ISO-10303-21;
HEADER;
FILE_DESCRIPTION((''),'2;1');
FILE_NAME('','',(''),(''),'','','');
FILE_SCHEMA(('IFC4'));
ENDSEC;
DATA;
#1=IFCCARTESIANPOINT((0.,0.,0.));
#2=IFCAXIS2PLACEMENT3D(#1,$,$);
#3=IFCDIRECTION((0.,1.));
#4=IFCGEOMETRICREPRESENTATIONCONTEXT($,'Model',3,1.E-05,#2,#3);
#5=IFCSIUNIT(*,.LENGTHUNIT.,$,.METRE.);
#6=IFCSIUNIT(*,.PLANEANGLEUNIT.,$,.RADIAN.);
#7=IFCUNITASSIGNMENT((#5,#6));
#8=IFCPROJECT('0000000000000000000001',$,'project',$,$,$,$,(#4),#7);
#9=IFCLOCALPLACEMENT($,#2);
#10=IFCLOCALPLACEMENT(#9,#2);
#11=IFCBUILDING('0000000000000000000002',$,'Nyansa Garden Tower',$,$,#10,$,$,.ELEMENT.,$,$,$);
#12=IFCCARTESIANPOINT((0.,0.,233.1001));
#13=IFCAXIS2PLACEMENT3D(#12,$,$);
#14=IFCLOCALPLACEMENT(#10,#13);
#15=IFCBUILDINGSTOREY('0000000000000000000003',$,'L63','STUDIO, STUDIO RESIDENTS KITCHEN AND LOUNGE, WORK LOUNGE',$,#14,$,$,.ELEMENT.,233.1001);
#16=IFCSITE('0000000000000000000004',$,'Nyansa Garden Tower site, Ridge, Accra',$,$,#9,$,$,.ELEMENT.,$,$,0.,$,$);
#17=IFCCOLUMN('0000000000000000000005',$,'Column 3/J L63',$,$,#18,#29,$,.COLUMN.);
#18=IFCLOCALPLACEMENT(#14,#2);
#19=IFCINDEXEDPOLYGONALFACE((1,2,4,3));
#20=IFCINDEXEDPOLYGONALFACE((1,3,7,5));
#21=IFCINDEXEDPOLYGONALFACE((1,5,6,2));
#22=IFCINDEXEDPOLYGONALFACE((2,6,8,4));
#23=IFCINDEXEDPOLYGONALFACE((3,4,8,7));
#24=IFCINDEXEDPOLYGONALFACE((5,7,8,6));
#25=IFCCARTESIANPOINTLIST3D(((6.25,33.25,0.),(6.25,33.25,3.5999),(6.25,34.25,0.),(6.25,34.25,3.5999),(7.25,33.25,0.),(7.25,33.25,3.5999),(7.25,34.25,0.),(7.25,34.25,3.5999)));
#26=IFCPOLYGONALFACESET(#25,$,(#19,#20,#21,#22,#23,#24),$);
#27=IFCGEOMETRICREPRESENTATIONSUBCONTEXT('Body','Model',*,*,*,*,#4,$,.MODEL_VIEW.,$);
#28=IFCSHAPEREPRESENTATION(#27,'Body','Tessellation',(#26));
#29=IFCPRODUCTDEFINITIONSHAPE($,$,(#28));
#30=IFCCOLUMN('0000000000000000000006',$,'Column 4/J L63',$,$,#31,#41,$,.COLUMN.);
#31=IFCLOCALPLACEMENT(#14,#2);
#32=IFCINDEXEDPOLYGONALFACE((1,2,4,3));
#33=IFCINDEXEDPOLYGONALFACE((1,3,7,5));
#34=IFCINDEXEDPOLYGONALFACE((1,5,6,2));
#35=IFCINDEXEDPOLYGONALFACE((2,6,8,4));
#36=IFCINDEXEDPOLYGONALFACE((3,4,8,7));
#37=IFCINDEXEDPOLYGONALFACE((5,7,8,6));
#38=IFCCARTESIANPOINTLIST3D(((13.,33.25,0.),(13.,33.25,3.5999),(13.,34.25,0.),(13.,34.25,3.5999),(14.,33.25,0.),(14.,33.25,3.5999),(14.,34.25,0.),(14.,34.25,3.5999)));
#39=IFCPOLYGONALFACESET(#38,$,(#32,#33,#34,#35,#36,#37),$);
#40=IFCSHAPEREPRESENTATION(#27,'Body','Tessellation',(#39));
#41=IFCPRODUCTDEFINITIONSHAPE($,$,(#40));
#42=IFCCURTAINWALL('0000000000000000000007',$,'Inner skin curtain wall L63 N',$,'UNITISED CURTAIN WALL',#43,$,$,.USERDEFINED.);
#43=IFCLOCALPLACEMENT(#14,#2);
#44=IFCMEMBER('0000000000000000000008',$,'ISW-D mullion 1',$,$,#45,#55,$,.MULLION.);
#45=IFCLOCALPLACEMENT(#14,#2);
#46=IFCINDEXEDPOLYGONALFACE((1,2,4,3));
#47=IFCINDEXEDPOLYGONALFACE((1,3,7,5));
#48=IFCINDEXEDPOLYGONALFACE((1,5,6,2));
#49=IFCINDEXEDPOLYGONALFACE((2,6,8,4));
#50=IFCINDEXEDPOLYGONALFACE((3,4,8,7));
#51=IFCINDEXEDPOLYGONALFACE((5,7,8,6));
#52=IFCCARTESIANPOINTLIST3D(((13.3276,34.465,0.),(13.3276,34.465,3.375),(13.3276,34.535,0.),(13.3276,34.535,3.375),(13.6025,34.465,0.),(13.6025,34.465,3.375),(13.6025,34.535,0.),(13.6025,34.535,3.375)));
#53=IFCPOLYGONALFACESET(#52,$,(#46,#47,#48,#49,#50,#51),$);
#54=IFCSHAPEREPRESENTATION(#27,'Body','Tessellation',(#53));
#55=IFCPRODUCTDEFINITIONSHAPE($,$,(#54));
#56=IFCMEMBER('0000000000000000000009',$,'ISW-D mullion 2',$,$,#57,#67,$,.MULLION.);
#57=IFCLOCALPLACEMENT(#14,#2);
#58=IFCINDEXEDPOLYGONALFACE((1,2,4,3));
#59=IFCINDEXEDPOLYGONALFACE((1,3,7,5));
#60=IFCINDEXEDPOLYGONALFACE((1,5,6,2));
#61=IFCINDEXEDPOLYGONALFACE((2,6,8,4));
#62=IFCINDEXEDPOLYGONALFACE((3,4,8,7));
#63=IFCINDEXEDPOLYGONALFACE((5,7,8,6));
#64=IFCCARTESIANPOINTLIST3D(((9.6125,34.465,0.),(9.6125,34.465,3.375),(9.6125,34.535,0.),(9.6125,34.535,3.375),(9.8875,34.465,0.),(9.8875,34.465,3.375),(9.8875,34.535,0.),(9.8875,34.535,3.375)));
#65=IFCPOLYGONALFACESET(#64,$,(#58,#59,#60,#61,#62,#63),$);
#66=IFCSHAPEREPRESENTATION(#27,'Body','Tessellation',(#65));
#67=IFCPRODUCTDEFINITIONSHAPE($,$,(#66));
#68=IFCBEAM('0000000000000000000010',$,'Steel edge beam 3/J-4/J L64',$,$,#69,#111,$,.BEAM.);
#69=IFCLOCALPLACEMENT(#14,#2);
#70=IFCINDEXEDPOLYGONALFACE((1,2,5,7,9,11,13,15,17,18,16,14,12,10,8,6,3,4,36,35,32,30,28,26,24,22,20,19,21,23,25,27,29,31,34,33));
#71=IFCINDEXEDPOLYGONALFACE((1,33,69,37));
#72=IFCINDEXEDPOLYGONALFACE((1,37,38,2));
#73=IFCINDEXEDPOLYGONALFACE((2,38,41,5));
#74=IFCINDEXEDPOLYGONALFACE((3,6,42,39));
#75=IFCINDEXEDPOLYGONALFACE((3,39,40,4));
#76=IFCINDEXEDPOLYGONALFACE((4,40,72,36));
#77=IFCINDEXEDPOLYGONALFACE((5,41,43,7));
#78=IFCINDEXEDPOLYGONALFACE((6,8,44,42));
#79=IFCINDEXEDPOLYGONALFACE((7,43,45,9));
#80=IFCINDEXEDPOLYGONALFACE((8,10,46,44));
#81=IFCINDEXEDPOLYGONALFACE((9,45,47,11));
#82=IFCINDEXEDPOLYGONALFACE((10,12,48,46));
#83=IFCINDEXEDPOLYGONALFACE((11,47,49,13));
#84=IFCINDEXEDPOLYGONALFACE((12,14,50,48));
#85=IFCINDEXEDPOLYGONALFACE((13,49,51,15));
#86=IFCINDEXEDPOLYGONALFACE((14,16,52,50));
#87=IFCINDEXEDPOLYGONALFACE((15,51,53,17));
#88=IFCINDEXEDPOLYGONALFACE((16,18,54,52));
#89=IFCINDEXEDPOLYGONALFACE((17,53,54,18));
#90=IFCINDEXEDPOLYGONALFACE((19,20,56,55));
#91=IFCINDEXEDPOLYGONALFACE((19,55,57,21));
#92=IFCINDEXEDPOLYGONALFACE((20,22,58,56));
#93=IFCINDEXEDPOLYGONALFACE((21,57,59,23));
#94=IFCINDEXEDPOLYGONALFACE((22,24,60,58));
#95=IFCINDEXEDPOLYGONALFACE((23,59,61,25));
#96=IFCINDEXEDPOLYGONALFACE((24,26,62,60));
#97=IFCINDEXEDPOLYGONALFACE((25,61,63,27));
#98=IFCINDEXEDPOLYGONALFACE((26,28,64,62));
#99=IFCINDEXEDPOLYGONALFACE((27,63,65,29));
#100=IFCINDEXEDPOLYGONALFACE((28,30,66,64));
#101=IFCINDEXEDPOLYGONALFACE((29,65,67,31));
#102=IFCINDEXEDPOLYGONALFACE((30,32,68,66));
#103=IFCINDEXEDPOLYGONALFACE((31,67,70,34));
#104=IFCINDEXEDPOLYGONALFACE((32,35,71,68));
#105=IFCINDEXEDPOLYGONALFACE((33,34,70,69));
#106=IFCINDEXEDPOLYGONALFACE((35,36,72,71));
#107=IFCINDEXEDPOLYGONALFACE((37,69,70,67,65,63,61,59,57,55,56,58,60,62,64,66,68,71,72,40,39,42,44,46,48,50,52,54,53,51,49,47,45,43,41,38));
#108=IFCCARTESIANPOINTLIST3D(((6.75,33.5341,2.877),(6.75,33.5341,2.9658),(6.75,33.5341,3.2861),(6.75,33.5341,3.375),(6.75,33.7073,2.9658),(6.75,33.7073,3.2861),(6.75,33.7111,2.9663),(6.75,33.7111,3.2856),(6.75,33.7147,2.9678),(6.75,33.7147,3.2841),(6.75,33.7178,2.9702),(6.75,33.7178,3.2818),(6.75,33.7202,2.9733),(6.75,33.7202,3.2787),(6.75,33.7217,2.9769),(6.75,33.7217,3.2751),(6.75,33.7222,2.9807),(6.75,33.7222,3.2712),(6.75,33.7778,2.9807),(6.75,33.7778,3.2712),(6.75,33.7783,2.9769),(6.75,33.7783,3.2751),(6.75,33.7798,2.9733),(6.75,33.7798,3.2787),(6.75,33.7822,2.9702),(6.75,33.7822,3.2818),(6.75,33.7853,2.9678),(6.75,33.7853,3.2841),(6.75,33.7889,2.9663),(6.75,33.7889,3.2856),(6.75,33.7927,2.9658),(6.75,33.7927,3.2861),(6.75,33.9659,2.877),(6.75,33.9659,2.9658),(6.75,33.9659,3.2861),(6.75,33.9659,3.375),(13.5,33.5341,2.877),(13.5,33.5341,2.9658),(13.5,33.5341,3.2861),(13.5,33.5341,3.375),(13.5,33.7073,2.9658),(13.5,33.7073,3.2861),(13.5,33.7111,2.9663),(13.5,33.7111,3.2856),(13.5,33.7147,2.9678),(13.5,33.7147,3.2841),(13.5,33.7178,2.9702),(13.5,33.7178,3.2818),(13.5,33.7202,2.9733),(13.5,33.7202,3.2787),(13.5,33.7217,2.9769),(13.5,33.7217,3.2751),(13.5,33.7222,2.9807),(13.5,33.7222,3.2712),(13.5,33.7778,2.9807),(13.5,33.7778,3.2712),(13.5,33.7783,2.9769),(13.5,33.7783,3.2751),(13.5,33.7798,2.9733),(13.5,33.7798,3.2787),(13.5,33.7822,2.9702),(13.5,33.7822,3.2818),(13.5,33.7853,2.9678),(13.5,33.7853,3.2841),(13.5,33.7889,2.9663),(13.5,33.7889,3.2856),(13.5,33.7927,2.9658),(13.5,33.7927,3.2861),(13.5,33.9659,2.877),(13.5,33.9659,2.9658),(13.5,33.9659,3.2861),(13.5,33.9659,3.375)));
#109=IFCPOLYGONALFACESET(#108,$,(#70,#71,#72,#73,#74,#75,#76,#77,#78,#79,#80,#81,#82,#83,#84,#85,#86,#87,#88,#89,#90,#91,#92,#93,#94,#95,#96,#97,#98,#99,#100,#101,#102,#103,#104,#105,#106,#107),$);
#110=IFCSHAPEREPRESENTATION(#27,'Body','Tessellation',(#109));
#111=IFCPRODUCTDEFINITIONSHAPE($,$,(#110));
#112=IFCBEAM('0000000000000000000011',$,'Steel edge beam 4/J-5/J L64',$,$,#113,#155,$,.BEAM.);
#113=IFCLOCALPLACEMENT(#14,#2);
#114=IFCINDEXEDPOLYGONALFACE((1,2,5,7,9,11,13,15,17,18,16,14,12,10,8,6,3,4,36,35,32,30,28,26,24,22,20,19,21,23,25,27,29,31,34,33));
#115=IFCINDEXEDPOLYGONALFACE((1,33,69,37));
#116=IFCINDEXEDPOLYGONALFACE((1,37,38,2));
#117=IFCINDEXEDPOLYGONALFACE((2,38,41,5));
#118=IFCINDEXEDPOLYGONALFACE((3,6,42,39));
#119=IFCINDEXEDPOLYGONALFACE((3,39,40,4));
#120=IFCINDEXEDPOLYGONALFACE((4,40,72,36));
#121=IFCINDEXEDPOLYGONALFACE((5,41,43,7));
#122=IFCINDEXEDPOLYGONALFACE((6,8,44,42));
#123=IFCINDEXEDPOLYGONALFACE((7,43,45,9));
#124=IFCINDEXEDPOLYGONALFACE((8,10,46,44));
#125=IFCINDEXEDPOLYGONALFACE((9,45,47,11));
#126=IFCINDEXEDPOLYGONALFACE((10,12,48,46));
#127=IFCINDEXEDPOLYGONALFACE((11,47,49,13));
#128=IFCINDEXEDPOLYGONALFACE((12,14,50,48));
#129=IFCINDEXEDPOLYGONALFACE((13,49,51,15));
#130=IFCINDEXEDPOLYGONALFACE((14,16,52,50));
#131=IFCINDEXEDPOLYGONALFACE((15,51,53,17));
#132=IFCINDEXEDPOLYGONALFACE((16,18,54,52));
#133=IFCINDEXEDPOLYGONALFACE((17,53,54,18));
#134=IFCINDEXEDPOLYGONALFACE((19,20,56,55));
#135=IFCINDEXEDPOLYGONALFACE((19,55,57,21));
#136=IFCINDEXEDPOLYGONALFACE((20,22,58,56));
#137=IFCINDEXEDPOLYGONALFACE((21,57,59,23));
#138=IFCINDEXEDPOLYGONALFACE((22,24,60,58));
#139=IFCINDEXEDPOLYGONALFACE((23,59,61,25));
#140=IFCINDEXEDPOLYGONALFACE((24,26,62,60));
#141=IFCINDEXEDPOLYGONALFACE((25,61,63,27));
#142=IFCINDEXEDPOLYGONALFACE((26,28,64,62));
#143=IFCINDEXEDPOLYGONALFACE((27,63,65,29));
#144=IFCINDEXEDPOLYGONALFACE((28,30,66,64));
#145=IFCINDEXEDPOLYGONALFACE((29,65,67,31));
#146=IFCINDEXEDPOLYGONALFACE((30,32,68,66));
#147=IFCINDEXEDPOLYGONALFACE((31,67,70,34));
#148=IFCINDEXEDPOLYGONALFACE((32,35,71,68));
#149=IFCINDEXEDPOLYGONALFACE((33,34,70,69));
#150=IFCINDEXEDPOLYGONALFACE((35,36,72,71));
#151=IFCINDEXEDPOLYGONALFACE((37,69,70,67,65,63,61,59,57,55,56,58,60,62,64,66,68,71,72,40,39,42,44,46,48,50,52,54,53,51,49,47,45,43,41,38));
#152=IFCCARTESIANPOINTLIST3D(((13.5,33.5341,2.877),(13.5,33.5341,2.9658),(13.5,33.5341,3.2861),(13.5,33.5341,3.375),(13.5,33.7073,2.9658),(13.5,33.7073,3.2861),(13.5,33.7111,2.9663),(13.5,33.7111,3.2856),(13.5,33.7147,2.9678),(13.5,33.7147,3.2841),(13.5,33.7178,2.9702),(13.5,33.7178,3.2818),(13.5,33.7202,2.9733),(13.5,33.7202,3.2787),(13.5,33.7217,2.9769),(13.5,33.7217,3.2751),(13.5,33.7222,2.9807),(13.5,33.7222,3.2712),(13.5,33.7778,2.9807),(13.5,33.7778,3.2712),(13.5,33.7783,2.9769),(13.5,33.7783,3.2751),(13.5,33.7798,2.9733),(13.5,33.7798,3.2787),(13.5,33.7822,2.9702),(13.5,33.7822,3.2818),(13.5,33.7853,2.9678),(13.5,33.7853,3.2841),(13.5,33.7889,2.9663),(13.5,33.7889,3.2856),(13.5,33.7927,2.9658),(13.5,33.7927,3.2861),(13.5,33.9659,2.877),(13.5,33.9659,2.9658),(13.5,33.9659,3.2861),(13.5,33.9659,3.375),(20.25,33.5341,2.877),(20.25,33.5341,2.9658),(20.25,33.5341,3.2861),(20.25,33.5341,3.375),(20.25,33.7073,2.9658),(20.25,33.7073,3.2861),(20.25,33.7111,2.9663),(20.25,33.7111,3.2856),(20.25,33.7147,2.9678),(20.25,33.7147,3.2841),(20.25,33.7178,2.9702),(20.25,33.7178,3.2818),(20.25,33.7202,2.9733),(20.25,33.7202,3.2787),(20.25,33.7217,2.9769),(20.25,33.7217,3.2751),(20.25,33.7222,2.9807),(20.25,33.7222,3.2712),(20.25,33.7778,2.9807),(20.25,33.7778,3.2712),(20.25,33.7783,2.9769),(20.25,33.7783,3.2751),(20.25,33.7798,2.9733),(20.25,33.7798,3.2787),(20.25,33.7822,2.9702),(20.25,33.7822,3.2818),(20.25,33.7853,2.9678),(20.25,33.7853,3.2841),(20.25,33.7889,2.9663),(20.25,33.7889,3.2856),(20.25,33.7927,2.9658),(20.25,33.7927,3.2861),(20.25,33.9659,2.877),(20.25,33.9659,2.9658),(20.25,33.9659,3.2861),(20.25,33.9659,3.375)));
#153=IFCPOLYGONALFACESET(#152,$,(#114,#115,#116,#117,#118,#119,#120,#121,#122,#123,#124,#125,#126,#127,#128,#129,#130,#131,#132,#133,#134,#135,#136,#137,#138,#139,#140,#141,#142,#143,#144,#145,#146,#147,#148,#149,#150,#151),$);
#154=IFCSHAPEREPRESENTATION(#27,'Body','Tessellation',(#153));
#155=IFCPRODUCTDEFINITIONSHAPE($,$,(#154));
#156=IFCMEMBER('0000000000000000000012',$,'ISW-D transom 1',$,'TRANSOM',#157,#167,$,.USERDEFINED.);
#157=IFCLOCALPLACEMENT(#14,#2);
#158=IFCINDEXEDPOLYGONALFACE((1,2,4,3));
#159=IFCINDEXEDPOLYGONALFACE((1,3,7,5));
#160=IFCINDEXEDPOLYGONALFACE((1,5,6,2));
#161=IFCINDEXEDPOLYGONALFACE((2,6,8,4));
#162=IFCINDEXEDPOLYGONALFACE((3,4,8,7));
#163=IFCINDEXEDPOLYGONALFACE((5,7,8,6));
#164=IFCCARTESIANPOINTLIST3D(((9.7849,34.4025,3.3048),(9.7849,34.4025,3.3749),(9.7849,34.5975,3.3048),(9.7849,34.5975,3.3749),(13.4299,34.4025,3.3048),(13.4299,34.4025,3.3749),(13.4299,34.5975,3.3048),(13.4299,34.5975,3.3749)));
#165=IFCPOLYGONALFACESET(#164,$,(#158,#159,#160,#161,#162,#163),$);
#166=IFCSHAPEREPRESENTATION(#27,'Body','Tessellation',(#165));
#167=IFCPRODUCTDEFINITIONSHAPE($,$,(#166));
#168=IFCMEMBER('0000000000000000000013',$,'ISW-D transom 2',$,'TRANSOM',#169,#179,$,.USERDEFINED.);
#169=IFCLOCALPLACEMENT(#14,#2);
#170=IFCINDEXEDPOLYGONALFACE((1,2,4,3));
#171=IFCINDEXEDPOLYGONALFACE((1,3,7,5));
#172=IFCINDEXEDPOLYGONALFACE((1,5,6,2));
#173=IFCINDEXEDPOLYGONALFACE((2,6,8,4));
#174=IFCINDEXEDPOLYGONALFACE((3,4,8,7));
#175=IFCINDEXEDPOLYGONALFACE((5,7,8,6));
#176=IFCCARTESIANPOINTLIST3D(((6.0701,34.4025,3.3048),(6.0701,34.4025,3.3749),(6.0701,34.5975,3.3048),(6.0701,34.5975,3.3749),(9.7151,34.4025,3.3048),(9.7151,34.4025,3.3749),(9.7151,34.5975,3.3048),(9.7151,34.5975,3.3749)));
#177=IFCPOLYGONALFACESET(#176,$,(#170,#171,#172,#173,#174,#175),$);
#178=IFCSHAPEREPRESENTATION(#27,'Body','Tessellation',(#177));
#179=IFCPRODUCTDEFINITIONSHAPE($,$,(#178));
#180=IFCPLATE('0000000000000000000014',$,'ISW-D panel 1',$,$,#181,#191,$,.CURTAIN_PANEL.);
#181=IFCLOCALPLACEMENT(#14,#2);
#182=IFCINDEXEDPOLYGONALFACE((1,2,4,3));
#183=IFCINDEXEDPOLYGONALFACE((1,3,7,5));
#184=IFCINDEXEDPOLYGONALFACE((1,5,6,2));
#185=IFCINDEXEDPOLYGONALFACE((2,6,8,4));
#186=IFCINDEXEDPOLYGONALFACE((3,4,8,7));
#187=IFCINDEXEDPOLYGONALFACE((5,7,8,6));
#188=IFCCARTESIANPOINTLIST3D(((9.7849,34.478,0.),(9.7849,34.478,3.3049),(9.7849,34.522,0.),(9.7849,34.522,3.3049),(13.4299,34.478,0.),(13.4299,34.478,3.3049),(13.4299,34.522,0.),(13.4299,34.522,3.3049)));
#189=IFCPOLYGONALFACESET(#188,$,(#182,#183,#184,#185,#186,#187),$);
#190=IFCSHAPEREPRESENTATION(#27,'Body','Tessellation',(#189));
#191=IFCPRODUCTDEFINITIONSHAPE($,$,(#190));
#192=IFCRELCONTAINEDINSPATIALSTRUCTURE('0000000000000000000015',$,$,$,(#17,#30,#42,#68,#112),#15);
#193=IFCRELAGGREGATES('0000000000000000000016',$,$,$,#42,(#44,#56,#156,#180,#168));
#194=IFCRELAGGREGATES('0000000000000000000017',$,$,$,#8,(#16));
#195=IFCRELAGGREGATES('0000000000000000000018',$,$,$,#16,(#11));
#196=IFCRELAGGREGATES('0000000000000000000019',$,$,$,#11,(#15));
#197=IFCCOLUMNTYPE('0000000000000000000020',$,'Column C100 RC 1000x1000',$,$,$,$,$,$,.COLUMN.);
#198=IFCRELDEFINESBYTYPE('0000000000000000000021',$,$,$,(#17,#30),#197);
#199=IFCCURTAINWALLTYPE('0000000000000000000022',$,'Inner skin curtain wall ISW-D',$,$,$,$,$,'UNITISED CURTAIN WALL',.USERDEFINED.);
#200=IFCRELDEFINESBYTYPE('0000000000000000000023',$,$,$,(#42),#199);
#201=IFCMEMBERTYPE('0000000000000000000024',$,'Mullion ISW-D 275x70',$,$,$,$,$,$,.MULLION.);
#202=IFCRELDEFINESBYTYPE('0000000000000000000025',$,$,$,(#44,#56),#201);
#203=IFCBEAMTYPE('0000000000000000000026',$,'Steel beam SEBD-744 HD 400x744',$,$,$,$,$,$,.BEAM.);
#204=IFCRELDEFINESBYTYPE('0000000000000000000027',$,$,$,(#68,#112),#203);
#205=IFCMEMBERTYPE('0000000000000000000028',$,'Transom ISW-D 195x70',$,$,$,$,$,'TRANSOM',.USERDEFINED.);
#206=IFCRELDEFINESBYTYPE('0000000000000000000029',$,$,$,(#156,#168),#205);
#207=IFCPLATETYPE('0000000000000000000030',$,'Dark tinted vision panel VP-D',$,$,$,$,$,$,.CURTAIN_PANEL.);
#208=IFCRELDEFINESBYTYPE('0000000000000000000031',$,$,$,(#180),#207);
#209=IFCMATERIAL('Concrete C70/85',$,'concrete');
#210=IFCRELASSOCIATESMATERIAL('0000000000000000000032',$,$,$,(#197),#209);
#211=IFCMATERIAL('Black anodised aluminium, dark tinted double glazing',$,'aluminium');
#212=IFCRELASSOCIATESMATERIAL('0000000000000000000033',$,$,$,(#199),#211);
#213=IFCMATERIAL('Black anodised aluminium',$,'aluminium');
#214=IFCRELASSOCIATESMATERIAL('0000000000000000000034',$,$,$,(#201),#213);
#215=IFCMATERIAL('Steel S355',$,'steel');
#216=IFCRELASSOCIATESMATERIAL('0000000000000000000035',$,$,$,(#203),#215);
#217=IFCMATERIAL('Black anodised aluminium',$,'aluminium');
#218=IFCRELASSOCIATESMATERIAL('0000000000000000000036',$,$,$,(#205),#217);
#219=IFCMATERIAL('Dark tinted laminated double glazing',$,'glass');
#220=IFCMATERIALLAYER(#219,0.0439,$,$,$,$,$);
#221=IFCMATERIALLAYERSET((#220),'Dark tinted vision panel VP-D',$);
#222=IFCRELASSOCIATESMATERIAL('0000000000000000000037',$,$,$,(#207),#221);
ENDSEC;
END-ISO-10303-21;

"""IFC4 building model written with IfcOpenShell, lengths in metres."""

from ifc_helpers import new_model, si_unit, direction, frame, origin, origin_2d, place, context, subcontext, project, spatial, rectangle, i_section, extrude, material, layer, layer_set, material_profile, profile_set, type_object, element, aggregate, save


model = new_model("IFC4")

# Units and contexts
model_context = context("Model", 3, precision=1e-05, world=origin(), true_north=direction((0.0, 1.0)))
body_context = subcontext(model_context, "Body", "Model", "MODEL_VIEW")
ifc_project = project(units=[si_unit("LENGTHUNIT", "METRE"), si_unit("PLANEANGLEUNIT", "RADIAN")], contexts=[model_context])

# Site, building, storey
site_placement = place(None, origin())
site = spatial("IfcSite", under=ifc_project, at=site_placement, Name="Nyansa Garden Tower site, Ridge, Accra", CompositionType="ELEMENT", RefElevation=0.0)
building_placement = place(site_placement, origin())
building = spatial("IfcBuilding", under=site, at=building_placement, Name="Nyansa Garden Tower", CompositionType="ELEMENT")
storey_placement = place(building_placement, frame((0.0, 0.0, 233.1001)))
storey = spatial("IfcBuildingStorey", under=building, at=storey_placement, Name="L63", Description="STUDIO, STUDIO RESIDENTS KITCHEN AND LOUNGE, WORK LOUNGE", CompositionType="ELEMENT", Elevation=233.1001)

# Columns
ifc_material_1 = material(Name="Concrete C70/85", Category="concrete")
ifc_material_profile_1 = material_profile(ifc_material_1, rectangle(XDim=1.0, YDim=1.0, at=origin_2d()), Name="RC 1000x1000")
ifc_profile_set_1 = profile_set([ifc_material_profile_1], Name="Concrete C70/85")
column_type = type_object("IfcColumnType", Name="Column C100 RC 1000x1000", PredefinedType="COLUMN", material=ifc_profile_set_1)
for number, where, z_axis, x_axis, name in (
    (1, (6.75, 33.75, 0.0), (0.0, 0.0, 1.0), (1.0, 0.0, 0.0), "Column 3/J L63"),
    (2, (13.5, 33.75, 0.0), (0.0, 0.0, 1.0), (1.0, 0.0, 0.0), "Column 4/J L63"),
):
    element("IfcColumn", number, at=place(storey_placement, frame(where, z_axis=z_axis, x_axis=x_axis)), inside=storey, type_object=column_type, Name=name, PredefinedType="COLUMN", context=body_context, shape_type="SweptSolid", body=[
        extrude(rectangle(XDim=1.0, YDim=1.0, at=origin_2d()), origin(), (0.0, 0.0, 1.0), 3.5999),
    ])

# Curtain wall, members
ifc_material_2 = material(Name="Black anodised aluminium, dark tinted double glazing", Category="aluminium")
curtain_wall_type = type_object("IfcCurtainWallType", Name="Inner skin curtain wall ISW-D", ElementType="UNITISED CURTAIN WALL", PredefinedType="USERDEFINED", material=ifc_material_2)
curtain_wall_placement = place(storey_placement, origin())
curtain_wall = element("IfcCurtainWall", 3, at=curtain_wall_placement, inside=storey, type_object=curtain_wall_type, Name="Inner skin curtain wall L63 N", ObjectType="UNITISED CURTAIN WALL", PredefinedType="USERDEFINED")
ifc_material_3 = material(Name="Black anodised aluminium", Category="aluminium")
ifc_material_profile_2 = material_profile(ifc_material_3, rectangle(XDim=0.0701, YDim=0.2749, at=origin_2d()), Name="Mullion 275x70")
ifc_profile_set_2 = profile_set([ifc_material_profile_2], Name="Black anodised aluminium")
member_type_1 = type_object("IfcMemberType", Name="Mullion ISW-D 275x70", PredefinedType="MULLION", material=ifc_profile_set_2)
member_1_placement = place(storey_placement, frame((13.4651, 34.5, 0.0), z_axis=(0.0, 0.0, 1.0), x_axis=(0.0, -1.0, 0.0)))
member_1 = element("IfcMember", 4, at=member_1_placement, type_object=member_type_1, Name="ISW-D mullion 1", PredefinedType="MULLION", context=body_context, shape_type="SweptSolid", body=[
    extrude(rectangle(XDim=0.0701, YDim=0.2749, at=origin_2d()), origin(), (0.0, 0.0, 1.0), 3.375),
])
member_2_placement = place(storey_placement, frame((9.75, 34.5, 0.0), z_axis=(0.0, 0.0, 1.0), x_axis=(0.0, -1.0, 0.0)))
member_2 = element("IfcMember", 5, at=member_2_placement, type_object=member_type_1, Name="ISW-D mullion 2", PredefinedType="MULLION", context=body_context, shape_type="SweptSolid", body=[
    extrude(rectangle(XDim=0.0701, YDim=0.2749, at=origin_2d()), origin(), (0.0, 0.0, 1.0), 3.375),
])

# Beams
ifc_material_4 = material(Name="Steel S355", Category="steel")
ifc_material_profile_3 = material_profile(ifc_material_4, i_section(OverallWidth=0.4319, OverallDepth=0.498, WebThickness=0.0557, FlangeThickness=0.0889, FilletRadius=0.0149, at=origin_2d()), Name="HD 400x744")
ifc_profile_set_3 = profile_set([ifc_material_profile_3], Name="Steel S355")
beam_type = type_object("IfcBeamType", Name="Steel beam SEBD-744 HD 400x744", PredefinedType="BEAM", material=ifc_profile_set_3)
for number, where, z_axis, x_axis, name in (
    (6, (6.75, 33.75, 3.126), (1.0, 0.0, 0.0), (0.0, 1.0, 0.0), "Steel edge beam 3/J-4/J L64"),
    (7, (13.5, 33.75, 3.126), (1.0, 0.0, 0.0), (0.0, 1.0, 0.0), "Steel edge beam 4/J-5/J L64"),
):
    element("IfcBeam", number, at=place(storey_placement, frame(where, z_axis=z_axis, x_axis=x_axis)), inside=storey, type_object=beam_type, Name=name, PredefinedType="BEAM", context=body_context, shape_type="SweptSolid", body=[
        extrude(i_section(OverallWidth=0.4319, OverallDepth=0.498, WebThickness=0.0557, FlangeThickness=0.0889, FilletRadius=0.0149, at=origin_2d()), origin(), (0.0, 0.0, 1.0), 6.75),
    ])

# Members
ifc_material_5 = material(Name="Black anodised aluminium", Category="aluminium")
ifc_material_profile_4 = material_profile(ifc_material_5, rectangle(XDim=0.1951, YDim=0.0701, at=origin_2d()), Name="Transom 195x70")
ifc_profile_set_4 = profile_set([ifc_material_profile_4], Name="Black anodised aluminium")
member_type_2 = type_object("IfcMemberType", Name="Transom ISW-D 195x70", ElementType="TRANSOM", PredefinedType="USERDEFINED", material=ifc_profile_set_4)
member_3_placement = place(storey_placement, frame((13.4299, 34.5, 3.3398), z_axis=(-1.0, 0.0, 0.0), x_axis=(0.0, -1.0, 0.0)))
member_3 = element("IfcMember", 8, at=member_3_placement, type_object=member_type_2, Name="ISW-D transom 1", ObjectType="TRANSOM", PredefinedType="USERDEFINED", context=body_context, shape_type="SweptSolid", body=[
    extrude(rectangle(XDim=0.1951, YDim=0.0701, at=origin_2d()), origin(), (0.0, 0.0, 1.0), 3.645),
])
member_4_placement = place(storey_placement, frame((9.7151, 34.5, 3.3398), z_axis=(-1.0, 0.0, 0.0), x_axis=(0.0, -1.0, 0.0)))
member_4 = element("IfcMember", 9, at=member_4_placement, type_object=member_type_2, Name="ISW-D transom 2", ObjectType="TRANSOM", PredefinedType="USERDEFINED", context=body_context, shape_type="SweptSolid", body=[
    extrude(rectangle(XDim=0.1951, YDim=0.0701, at=origin_2d()), origin(), (0.0, 0.0, 1.0), 3.645),
])

# Plate
ifc_material_6 = material(Name="Dark tinted laminated double glazing", Category="glass")
ifc_layer_1 = layer(ifc_material_6, 0.0439)
ifc_layer_set_1 = layer_set([ifc_layer_1], Name="Dark tinted vision panel VP-D")
plate_type = type_object("IfcPlateType", Name="Dark tinted vision panel VP-D", PredefinedType="CURTAIN_PANEL", material=ifc_layer_set_1)
plate_1_placement = place(storey_placement, frame((11.6074, 34.5, 0.0), z_axis=(0.0, 0.0, 1.0), x_axis=(-1.0, 0.0, 0.0)))
plate_1 = element("IfcPlate", 10, at=plate_1_placement, type_object=plate_type, Name="ISW-D panel 1", PredefinedType="CURTAIN_PANEL", context=body_context, shape_type="SweptSolid", body=[
    extrude(rectangle(XDim=3.645, YDim=0.0439, at=origin_2d()), origin(), (0.0, 0.0, 1.0), 3.3049),
])
aggregate(curtain_wall, [member_1, member_2, member_3, plate_1, member_4])

save(model, "model.ifc")
